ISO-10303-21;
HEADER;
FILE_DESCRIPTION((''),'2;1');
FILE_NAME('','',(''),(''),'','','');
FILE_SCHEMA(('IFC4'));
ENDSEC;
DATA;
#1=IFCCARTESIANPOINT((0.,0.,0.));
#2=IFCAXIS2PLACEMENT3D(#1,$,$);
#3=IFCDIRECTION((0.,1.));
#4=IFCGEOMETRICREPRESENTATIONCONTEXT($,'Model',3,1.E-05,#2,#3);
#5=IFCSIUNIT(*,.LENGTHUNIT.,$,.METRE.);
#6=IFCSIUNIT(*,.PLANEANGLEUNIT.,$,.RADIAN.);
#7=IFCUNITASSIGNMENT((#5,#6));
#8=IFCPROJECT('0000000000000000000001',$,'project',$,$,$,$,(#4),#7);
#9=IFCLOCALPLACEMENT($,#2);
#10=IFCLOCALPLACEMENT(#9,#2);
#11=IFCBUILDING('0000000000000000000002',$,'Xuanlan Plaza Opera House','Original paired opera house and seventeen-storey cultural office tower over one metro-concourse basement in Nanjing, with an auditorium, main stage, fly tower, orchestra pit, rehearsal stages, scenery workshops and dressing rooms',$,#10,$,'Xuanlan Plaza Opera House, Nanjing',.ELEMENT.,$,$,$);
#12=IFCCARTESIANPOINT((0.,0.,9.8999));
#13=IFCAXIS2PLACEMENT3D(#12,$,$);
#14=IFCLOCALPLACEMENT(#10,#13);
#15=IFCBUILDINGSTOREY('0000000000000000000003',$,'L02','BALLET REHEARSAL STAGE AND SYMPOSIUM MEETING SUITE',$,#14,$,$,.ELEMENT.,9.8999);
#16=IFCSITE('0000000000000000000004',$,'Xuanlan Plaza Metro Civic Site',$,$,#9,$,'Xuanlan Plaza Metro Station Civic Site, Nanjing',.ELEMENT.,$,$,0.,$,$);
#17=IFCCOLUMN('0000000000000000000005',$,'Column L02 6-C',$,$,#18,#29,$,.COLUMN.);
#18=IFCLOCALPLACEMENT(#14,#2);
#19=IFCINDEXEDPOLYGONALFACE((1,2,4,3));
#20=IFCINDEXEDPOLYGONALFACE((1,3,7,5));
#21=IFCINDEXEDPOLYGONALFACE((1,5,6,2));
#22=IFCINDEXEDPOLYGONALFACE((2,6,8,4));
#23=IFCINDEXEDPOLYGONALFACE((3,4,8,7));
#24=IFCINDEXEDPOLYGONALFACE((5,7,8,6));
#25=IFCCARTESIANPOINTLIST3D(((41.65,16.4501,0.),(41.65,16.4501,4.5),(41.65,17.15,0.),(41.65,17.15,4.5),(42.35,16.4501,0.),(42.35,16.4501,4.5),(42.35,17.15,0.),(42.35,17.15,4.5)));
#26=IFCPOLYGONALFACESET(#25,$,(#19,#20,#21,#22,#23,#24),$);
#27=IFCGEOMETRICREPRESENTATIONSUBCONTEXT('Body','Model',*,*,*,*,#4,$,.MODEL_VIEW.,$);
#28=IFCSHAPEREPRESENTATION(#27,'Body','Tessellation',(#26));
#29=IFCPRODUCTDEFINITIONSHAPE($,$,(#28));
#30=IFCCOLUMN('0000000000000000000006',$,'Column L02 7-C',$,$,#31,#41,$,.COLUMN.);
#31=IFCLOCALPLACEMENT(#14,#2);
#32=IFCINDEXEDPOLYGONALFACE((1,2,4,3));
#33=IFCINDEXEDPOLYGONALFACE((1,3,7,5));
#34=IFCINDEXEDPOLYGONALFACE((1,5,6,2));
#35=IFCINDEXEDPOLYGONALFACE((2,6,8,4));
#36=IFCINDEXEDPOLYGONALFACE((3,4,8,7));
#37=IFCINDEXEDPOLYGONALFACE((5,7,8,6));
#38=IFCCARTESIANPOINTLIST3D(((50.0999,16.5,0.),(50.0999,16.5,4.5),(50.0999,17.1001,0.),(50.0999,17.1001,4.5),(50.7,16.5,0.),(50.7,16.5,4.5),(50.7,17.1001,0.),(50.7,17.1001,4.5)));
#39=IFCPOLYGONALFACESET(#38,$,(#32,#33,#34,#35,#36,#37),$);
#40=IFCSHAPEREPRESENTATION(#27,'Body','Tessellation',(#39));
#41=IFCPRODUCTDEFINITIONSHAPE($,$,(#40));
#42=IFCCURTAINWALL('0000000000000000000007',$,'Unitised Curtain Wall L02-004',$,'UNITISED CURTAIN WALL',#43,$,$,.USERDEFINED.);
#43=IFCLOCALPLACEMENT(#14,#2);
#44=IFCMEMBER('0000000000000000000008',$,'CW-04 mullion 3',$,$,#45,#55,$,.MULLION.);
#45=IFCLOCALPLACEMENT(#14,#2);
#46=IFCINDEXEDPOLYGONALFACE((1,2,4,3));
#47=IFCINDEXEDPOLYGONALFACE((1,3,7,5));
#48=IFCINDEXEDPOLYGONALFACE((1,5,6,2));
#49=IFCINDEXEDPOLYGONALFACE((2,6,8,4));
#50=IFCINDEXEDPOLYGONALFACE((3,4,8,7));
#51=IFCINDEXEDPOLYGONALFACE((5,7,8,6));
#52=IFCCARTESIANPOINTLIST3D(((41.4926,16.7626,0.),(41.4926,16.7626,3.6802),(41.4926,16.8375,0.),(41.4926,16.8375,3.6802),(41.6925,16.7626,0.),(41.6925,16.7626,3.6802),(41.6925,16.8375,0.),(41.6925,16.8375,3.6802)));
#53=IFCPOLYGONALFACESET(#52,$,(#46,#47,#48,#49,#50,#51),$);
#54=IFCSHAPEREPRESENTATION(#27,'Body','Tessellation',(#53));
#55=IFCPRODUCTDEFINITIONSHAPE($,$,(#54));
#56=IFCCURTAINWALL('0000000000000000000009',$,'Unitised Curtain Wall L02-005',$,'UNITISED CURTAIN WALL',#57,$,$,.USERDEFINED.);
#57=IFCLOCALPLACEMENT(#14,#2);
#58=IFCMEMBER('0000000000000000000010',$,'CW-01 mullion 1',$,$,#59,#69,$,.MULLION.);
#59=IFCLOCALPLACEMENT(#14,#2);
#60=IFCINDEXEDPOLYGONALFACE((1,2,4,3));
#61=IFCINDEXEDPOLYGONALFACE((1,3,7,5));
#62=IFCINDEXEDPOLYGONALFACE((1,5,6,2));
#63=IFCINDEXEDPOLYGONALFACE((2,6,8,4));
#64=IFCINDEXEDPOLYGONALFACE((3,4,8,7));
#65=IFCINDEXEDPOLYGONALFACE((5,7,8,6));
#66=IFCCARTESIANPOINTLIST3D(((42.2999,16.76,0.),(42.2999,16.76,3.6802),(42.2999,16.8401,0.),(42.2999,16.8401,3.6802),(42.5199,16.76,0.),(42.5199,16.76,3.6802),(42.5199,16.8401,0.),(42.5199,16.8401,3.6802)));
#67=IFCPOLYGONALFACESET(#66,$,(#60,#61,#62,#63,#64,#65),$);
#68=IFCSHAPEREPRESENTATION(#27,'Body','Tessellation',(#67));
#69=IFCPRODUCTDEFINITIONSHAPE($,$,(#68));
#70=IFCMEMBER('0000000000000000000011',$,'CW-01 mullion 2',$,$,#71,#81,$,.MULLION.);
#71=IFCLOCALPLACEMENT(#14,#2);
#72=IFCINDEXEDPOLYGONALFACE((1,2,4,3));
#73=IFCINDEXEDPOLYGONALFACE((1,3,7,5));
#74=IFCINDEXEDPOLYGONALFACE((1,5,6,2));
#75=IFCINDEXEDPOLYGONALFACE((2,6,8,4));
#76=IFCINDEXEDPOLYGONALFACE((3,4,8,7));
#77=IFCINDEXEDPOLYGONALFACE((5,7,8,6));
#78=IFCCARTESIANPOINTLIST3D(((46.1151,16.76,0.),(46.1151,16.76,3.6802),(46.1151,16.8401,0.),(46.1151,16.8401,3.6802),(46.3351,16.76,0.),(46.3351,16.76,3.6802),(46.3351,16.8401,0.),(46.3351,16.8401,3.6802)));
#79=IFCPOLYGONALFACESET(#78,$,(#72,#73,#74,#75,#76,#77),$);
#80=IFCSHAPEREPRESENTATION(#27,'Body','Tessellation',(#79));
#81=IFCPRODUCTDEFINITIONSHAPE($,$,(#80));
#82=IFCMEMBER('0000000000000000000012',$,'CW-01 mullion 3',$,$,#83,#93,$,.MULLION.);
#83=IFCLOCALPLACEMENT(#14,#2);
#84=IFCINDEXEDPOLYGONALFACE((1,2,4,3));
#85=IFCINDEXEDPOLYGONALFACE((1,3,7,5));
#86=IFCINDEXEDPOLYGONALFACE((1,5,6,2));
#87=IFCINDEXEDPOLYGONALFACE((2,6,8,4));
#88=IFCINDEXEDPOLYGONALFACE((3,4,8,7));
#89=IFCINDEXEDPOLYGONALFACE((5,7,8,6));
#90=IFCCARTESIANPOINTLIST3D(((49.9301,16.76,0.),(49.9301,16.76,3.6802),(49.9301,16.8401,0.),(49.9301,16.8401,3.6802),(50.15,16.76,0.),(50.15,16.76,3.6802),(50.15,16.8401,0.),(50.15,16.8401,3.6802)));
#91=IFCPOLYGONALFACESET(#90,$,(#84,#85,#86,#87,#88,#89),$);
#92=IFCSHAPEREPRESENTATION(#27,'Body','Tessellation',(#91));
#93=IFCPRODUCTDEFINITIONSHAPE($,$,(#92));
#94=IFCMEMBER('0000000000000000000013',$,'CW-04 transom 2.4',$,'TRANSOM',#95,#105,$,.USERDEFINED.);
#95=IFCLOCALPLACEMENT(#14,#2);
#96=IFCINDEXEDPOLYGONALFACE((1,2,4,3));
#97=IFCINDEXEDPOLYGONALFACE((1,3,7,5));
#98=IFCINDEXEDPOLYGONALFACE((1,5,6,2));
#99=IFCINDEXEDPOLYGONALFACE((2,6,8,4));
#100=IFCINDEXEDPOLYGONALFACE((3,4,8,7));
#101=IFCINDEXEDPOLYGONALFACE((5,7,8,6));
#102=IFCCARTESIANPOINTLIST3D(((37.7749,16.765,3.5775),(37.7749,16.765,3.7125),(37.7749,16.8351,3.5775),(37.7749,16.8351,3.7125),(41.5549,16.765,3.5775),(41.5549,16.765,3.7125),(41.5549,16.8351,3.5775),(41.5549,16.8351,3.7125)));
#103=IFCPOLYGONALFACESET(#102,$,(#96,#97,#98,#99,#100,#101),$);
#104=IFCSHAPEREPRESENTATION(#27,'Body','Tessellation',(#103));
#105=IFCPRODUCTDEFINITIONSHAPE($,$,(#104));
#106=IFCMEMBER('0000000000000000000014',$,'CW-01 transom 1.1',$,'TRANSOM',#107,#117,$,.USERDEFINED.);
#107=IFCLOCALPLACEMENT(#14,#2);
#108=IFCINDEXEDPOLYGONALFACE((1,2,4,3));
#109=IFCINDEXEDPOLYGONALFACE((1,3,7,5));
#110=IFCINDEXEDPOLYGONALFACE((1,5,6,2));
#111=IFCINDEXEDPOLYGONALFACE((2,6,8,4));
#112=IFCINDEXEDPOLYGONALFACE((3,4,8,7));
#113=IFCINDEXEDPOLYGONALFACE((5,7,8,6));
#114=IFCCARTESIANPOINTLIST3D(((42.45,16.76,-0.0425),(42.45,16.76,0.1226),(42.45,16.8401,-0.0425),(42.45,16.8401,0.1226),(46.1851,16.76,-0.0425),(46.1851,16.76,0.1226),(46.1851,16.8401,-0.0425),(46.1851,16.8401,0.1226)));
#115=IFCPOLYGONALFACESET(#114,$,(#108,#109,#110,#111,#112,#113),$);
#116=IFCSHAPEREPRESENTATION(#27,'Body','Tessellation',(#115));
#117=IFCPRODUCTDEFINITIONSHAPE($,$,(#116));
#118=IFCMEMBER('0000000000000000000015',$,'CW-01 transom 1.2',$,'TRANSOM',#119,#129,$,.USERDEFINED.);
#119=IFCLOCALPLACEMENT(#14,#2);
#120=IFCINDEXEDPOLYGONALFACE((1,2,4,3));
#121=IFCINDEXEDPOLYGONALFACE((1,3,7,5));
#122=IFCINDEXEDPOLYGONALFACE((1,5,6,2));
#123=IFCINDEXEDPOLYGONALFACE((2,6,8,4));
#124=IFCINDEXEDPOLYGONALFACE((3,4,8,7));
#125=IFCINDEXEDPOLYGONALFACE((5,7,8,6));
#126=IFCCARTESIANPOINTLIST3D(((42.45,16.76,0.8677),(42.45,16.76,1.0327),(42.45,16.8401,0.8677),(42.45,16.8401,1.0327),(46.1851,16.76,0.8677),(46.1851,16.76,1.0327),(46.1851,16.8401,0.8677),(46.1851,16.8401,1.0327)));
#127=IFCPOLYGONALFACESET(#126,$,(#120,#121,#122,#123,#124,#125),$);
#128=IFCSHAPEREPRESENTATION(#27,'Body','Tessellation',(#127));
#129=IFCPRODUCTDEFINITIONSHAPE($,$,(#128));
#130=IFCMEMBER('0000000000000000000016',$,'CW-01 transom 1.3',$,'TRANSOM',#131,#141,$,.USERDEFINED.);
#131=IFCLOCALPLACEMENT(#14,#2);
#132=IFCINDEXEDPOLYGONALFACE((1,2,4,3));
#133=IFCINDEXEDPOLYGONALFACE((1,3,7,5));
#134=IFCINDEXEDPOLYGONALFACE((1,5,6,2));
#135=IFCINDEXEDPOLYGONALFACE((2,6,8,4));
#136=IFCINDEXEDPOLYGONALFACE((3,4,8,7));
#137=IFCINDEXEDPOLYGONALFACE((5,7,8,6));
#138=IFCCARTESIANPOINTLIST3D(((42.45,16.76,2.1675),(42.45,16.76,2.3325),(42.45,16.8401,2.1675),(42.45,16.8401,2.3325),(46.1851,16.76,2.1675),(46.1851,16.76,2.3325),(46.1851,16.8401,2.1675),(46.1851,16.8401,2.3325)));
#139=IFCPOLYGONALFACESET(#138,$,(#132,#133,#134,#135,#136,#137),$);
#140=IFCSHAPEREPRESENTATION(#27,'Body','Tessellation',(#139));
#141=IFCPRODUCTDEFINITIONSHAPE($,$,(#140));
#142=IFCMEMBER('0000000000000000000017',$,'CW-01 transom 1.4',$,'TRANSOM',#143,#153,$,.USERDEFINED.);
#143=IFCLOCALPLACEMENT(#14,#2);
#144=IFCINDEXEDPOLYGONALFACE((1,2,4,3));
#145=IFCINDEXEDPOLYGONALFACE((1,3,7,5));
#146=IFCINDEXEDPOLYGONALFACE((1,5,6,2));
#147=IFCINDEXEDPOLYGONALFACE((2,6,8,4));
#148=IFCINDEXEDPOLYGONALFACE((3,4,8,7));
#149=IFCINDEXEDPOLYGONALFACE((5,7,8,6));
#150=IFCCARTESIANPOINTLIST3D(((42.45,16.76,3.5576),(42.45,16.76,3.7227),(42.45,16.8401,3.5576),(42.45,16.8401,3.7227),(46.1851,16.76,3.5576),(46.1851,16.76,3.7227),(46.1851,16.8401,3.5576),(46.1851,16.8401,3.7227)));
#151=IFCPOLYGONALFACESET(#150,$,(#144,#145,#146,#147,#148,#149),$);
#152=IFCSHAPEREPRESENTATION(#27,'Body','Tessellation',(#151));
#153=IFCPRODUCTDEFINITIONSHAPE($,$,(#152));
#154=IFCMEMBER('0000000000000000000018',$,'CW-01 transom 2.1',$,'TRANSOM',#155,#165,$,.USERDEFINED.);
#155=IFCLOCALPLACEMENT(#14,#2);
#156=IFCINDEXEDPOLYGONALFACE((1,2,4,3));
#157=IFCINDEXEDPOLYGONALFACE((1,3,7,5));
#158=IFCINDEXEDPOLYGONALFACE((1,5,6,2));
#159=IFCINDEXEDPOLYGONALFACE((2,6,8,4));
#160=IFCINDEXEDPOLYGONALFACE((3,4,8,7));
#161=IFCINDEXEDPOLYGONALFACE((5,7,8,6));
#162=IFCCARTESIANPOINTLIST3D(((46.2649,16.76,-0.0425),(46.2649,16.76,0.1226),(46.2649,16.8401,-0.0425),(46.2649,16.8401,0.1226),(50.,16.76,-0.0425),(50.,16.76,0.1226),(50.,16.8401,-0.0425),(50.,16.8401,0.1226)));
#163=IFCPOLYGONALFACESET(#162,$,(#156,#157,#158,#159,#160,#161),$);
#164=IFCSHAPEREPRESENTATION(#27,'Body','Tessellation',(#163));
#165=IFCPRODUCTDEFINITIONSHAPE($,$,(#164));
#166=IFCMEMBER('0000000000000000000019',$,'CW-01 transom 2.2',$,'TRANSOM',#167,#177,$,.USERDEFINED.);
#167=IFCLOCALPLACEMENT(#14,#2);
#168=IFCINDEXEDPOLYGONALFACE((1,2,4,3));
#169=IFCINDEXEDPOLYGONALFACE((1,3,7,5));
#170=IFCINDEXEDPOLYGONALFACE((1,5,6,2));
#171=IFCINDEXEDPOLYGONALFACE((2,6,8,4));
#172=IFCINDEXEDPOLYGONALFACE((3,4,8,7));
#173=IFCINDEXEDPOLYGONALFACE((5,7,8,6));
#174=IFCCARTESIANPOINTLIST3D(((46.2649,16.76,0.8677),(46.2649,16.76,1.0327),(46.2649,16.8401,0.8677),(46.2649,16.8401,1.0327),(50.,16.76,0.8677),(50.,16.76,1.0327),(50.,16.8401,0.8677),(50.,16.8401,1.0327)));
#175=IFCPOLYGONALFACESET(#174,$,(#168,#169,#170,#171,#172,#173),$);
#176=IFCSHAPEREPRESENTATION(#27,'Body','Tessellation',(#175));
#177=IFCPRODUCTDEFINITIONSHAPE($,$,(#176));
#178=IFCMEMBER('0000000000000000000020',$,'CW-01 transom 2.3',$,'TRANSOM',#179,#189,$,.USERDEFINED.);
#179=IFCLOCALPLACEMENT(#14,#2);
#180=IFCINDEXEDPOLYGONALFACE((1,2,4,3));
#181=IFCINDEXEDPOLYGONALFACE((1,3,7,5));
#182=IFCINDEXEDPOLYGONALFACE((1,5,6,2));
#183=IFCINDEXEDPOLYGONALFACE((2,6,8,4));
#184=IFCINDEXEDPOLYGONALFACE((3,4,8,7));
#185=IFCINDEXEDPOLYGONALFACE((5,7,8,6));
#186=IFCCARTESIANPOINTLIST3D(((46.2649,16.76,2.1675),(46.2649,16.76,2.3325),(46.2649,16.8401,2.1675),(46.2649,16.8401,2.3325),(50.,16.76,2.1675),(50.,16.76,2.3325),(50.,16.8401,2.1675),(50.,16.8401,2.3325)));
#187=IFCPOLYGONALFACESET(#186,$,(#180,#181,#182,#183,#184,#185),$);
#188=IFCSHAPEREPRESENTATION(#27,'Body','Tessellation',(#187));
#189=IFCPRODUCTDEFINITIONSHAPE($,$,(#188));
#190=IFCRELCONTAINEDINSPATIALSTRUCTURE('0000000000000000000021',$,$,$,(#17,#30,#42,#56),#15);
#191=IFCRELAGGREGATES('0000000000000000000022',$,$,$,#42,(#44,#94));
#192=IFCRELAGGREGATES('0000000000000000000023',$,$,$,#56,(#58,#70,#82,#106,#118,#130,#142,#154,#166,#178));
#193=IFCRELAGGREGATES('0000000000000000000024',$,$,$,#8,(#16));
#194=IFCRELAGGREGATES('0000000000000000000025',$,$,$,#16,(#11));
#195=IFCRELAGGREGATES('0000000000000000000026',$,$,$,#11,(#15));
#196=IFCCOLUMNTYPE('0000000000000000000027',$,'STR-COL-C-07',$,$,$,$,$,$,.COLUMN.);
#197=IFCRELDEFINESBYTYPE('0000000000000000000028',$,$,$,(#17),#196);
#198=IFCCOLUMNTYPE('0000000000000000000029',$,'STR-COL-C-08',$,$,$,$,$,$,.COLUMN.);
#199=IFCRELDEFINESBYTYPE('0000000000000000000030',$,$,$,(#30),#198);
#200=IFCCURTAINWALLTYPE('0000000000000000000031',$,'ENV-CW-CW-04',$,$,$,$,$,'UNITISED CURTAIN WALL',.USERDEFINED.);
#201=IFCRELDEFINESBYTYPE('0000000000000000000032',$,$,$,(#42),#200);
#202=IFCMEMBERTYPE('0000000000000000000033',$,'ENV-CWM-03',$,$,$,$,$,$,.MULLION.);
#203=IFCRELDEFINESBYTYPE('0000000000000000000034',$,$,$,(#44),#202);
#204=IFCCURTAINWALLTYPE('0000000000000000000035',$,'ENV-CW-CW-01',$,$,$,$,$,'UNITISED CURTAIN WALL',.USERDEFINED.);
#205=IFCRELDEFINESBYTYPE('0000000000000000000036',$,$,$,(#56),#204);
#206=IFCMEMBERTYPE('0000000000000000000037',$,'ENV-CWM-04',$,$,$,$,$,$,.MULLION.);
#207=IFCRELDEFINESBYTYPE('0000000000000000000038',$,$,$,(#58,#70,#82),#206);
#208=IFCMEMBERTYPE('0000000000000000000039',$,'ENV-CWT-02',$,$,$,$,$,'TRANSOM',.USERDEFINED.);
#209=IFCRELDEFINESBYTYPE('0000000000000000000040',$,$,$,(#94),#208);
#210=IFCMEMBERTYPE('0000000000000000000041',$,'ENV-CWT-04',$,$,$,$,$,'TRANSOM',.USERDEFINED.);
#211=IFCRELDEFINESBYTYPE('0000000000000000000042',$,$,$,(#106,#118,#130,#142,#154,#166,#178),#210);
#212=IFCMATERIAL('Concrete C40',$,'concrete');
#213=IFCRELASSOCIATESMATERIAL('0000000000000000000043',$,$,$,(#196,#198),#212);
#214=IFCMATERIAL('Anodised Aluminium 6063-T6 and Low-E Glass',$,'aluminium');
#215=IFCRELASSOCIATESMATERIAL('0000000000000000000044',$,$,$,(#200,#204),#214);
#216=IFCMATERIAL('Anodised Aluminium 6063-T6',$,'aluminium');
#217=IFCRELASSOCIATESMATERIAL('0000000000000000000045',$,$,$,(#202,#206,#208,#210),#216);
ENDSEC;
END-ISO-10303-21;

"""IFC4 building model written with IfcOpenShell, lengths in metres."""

from ifc_helpers import new_model, si_unit, direction, frame, origin, origin_2d, place, context, subcontext, project, spatial, rectangle, extrude, material, material_profile, profile_set, type_object, element, aggregate, save


model = new_model("IFC4")

# Units and contexts
model_context = context("Model", 3, precision=1e-05, world=origin(), true_north=direction((0.0, 1.0)))
body_context = subcontext(model_context, "Body", "Model", "MODEL_VIEW")
ifc_project = project(units=[si_unit("LENGTHUNIT", "METRE"), si_unit("PLANEANGLEUNIT", "RADIAN")], contexts=[model_context])

# Site, building, storey
site_placement = place(None, origin())
site = spatial("IfcSite", under=ifc_project, at=site_placement, Name="Xuanlan Plaza Metro Civic Site", LongName="Xuanlan Plaza Metro Station Civic Site, Nanjing", CompositionType="ELEMENT", RefElevation=0.0)
building_placement = place(site_placement, origin())
building = spatial("IfcBuilding", under=site, at=building_placement, Name="Xuanlan Plaza Opera House", Description="Original paired opera house and seventeen-storey cultural office tower over one metro-concourse basement in Nanjing, with an auditorium, main stage, fly tower, orchestra pit, rehearsal stages, scenery workshops and dressing rooms", LongName="Xuanlan Plaza Opera House, Nanjing", CompositionType="ELEMENT")
storey_placement = place(building_placement, frame((0.0, 0.0, 9.8999)))
storey = spatial("IfcBuildingStorey", under=building, at=storey_placement, Name="L02", Description="BALLET REHEARSAL STAGE AND SYMPOSIUM MEETING SUITE", CompositionType="ELEMENT", Elevation=9.8999)

# Columns
ifc_material_1 = material(Name="Concrete C40", Category="concrete")
ifc_material_profile_1 = material_profile(ifc_material_1, rectangle(XDim=0.7, YDim=0.7, at=origin_2d()), Name="RC-COL 700x700")
ifc_profile_set_1 = profile_set([ifc_material_profile_1], Name="Concrete C40")
column_type_1 = type_object("IfcColumnType", Name="STR-COL-C-07", PredefinedType="COLUMN", material=ifc_profile_set_1)
column_1_placement = place(storey_placement, frame((42.0, 16.8, 0.0), z_axis=(0.0, 0.0, 1.0), x_axis=(1.0, 0.0, 0.0)))
element("IfcColumn", 1, at=column_1_placement, inside=storey, type_object=column_type_1, Name="Column L02 6-C", PredefinedType="COLUMN", context=body_context, shape_type="SweptSolid", body=[
    extrude(rectangle(XDim=0.7, YDim=0.7, at=origin_2d()), origin(), (0.0, 0.0, 1.0), 4.5),
])
ifc_material_profile_2 = material_profile(ifc_material_1, rectangle(XDim=0.6001, YDim=0.6001, at=origin_2d()), Name="RC-COL 600x600")
ifc_profile_set_2 = profile_set([ifc_material_profile_2], Name="Concrete C40")
column_type_2 = type_object("IfcColumnType", Name="STR-COL-C-08", PredefinedType="COLUMN", material=ifc_profile_set_2)
column_2_placement = place(storey_placement, frame((50.3999, 16.8, 0.0), z_axis=(0.0, 0.0, 1.0), x_axis=(1.0, 0.0, 0.0)))
element("IfcColumn", 2, at=column_2_placement, inside=storey, type_object=column_type_2, Name="Column L02 7-C", PredefinedType="COLUMN", context=body_context, shape_type="SweptSolid", body=[
    extrude(rectangle(XDim=0.6001, YDim=0.6001, at=origin_2d()), origin(), (0.0, 0.0, 1.0), 4.5),
])

# Curtain wall, member
ifc_material_2 = material(Name="Anodised Aluminium 6063-T6 and Low-E Glass", Category="aluminium")
curtain_wall_type_1 = type_object("IfcCurtainWallType", Name="ENV-CW-CW-04", ElementType="UNITISED CURTAIN WALL", PredefinedType="USERDEFINED", material=ifc_material_2)
curtain_wall_1_placement = place(storey_placement, origin())
curtain_wall_1 = element("IfcCurtainWall", 3, at=curtain_wall_1_placement, inside=storey, type_object=curtain_wall_type_1, Name="Unitised Curtain Wall L02-004", ObjectType="UNITISED CURTAIN WALL", PredefinedType="USERDEFINED")
ifc_material_3 = material(Name="Anodised Aluminium 6063-T6", Category="aluminium")
ifc_material_profile_3 = material_profile(ifc_material_3, rectangle(XDim=0.075, YDim=0.2, at=origin_2d()), Name="ALU-M 75x200")
ifc_profile_set_3 = profile_set([ifc_material_profile_3], Name="Anodised Aluminium 6063-T6")
member_type_1 = type_object("IfcMemberType", Name="ENV-CWM-03", PredefinedType="MULLION", material=ifc_profile_set_3)
member_1_placement = place(storey_placement, frame((41.5925, 16.8, 0.0), z_axis=(0.0, 0.0, 1.0), x_axis=(0.0, 1.0, 0.0)))
member_1 = element("IfcMember", 4, at=member_1_placement, type_object=member_type_1, Name="CW-04 mullion 3", PredefinedType="MULLION", context=body_context, shape_type="SweptSolid", body=[
    extrude(rectangle(XDim=0.075, YDim=0.2, at=origin_2d()), origin(), (0.0, 0.0, 1.0), 3.6802),
])

# Curtain wall, members
curtain_wall_type_2 = type_object("IfcCurtainWallType", Name="ENV-CW-CW-01", ElementType="UNITISED CURTAIN WALL", PredefinedType="USERDEFINED", material=ifc_material_2)
curtain_wall_2_placement = place(storey_placement, origin())
curtain_wall_2 = element("IfcCurtainWall", 5, at=curtain_wall_2_placement, inside=storey, type_object=curtain_wall_type_2, Name="Unitised Curtain Wall L02-005", ObjectType="UNITISED CURTAIN WALL", PredefinedType="USERDEFINED")
ifc_material_profile_4 = material_profile(ifc_material_3, rectangle(XDim=0.0801, YDim=0.22, at=origin_2d()), Name="ALU-M 80x220")
ifc_profile_set_4 = profile_set([ifc_material_profile_4], Name="Anodised Aluminium 6063-T6")
member_type_2 = type_object("IfcMemberType", Name="ENV-CWM-04", PredefinedType="MULLION", material=ifc_profile_set_4)
member_2_placement = place(storey_placement, frame((42.4099, 16.8, 0.0), z_axis=(0.0, 0.0, 1.0), x_axis=(0.0, 1.0, 0.0)))
member_2 = element("IfcMember", 6, at=member_2_placement, type_object=member_type_2, Name="CW-01 mullion 1", PredefinedType="MULLION", context=body_context, shape_type="SweptSolid", body=[
    extrude(rectangle(XDim=0.0801, YDim=0.22, at=origin_2d()), origin(), (0.0, 0.0, 1.0), 3.6802),
])
member_3_placement = place(storey_placement, frame((46.2251, 16.8, 0.0), z_axis=(0.0, 0.0, 1.0), x_axis=(0.0, 1.0, 0.0)))
member_3 = element("IfcMember", 7, at=member_3_placement, type_object=member_type_2, Name="CW-01 mullion 2", PredefinedType="MULLION", context=body_context, shape_type="SweptSolid", body=[
    extrude(rectangle(XDim=0.0801, YDim=0.22, at=origin_2d()), origin(), (0.0, 0.0, 1.0), 3.6802),
])
member_4_placement = place(storey_placement, frame((50.04, 16.8, 0.0), z_axis=(0.0, 0.0, 1.0), x_axis=(0.0, 1.0, 0.0)))
member_4 = element("IfcMember", 8, at=member_4_placement, type_object=member_type_2, Name="CW-01 mullion 3", PredefinedType="MULLION", context=body_context, shape_type="SweptSolid", body=[
    extrude(rectangle(XDim=0.0801, YDim=0.22, at=origin_2d()), origin(), (0.0, 0.0, 1.0), 3.6802),
])

# Members
ifc_material_profile_5 = material_profile(ifc_material_3, rectangle(XDim=0.0701, YDim=0.135, at=origin_2d()), Name="ALU-T 70x135")
ifc_profile_set_5 = profile_set([ifc_material_profile_5], Name="Anodised Aluminium 6063-T6")
member_type_3 = type_object("IfcMemberType", Name="ENV-CWT-02", ElementType="TRANSOM", PredefinedType="USERDEFINED", material=ifc_profile_set_5)
member_5_placement = place(storey_placement, frame((37.7749, 16.8, 3.645), z_axis=(1.0, 0.0, 0.0), x_axis=(0.0, 1.0, 0.0)))
member_5 = element("IfcMember", 9, at=member_5_placement, type_object=member_type_3, Name="CW-04 transom 2.4", ObjectType="TRANSOM", PredefinedType="USERDEFINED", context=body_context, shape_type="SweptSolid", body=[
    extrude(rectangle(XDim=0.0701, YDim=0.135, at=origin_2d()), origin(), (0.0, 0.0, 1.0), 3.78),
])
ifc_material_profile_6 = material_profile(ifc_material_3, rectangle(XDim=0.0801, YDim=0.165, at=origin_2d()), Name="ALU-T 80x165")
ifc_profile_set_6 = profile_set([ifc_material_profile_6], Name="Anodised Aluminium 6063-T6")
member_type_4 = type_object("IfcMemberType", Name="ENV-CWT-04", ElementType="TRANSOM", PredefinedType="USERDEFINED", material=ifc_profile_set_6)
member_6_placement = place(storey_placement, frame((42.45, 16.8, 0.04), z_axis=(1.0, 0.0, 0.0), x_axis=(0.0, 1.0, 0.0)))
member_6 = element("IfcMember", 10, at=member_6_placement, type_object=member_type_4, Name="CW-01 transom 1.1", ObjectType="TRANSOM", PredefinedType="USERDEFINED", context=body_context, shape_type="SweptSolid", body=[
    extrude(rectangle(XDim=0.0801, YDim=0.165, at=origin_2d()), origin(), (0.0, 0.0, 1.0), 3.7351),
])
member_7_placement = place(storey_placement, frame((42.45, 16.8, 0.9502), z_axis=(1.0, 0.0, 0.0), x_axis=(0.0, 1.0, 0.0)))
member_7 = element("IfcMember", 11, at=member_7_placement, type_object=member_type_4, Name="CW-01 transom 1.2", ObjectType="TRANSOM", PredefinedType="USERDEFINED", context=body_context, shape_type="SweptSolid", body=[
    extrude(rectangle(XDim=0.0801, YDim=0.165, at=origin_2d()), origin(), (0.0, 0.0, 1.0), 3.7351),
])
member_8_placement = place(storey_placement, frame((42.45, 16.8, 2.25), z_axis=(1.0, 0.0, 0.0), x_axis=(0.0, 1.0, 0.0)))
member_8 = element("IfcMember", 12, at=member_8_placement, type_object=member_type_4, Name="CW-01 transom 1.3", ObjectType="TRANSOM", PredefinedType="USERDEFINED", context=body_context, shape_type="SweptSolid", body=[
    extrude(rectangle(XDim=0.0801, YDim=0.165, at=origin_2d()), origin(), (0.0, 0.0, 1.0), 3.7351),
])
member_9_placement = place(storey_placement, frame((42.45, 16.8, 3.6401), z_axis=(1.0, 0.0, 0.0), x_axis=(0.0, 1.0, 0.0)))
member_9 = element("IfcMember", 13, at=member_9_placement, type_object=member_type_4, Name="CW-01 transom 1.4", ObjectType="TRANSOM", PredefinedType="USERDEFINED", context=body_context, shape_type="SweptSolid", body=[
    extrude(rectangle(XDim=0.0801, YDim=0.165, at=origin_2d()), origin(), (0.0, 0.0, 1.0), 3.7351),
])
member_10_placement = place(storey_placement, frame((46.2649, 16.8, 0.04), z_axis=(1.0, 0.0, 0.0), x_axis=(0.0, 1.0, 0.0)))
member_10 = element("IfcMember", 14, at=member_10_placement, type_object=member_type_4, Name="CW-01 transom 2.1", ObjectType="TRANSOM", PredefinedType="USERDEFINED", context=body_context, shape_type="SweptSolid", body=[
    extrude(rectangle(XDim=0.0801, YDim=0.165, at=origin_2d()), origin(), (0.0, 0.0, 1.0), 3.7351),
])
member_11_placement = place(storey_placement, frame((46.2649, 16.8, 0.9502), z_axis=(1.0, 0.0, 0.0), x_axis=(0.0, 1.0, 0.0)))
member_11 = element("IfcMember", 15, at=member_11_placement, type_object=member_type_4, Name="CW-01 transom 2.2", ObjectType="TRANSOM", PredefinedType="USERDEFINED", context=body_context, shape_type="SweptSolid", body=[
    extrude(rectangle(XDim=0.0801, YDim=0.165, at=origin_2d()), origin(), (0.0, 0.0, 1.0), 3.7351),
])
member_12_placement = place(storey_placement, frame((46.2649, 16.8, 2.25), z_axis=(1.0, 0.0, 0.0), x_axis=(0.0, 1.0, 0.0)))
member_12 = element("IfcMember", 16, at=member_12_placement, type_object=member_type_4, Name="CW-01 transom 2.3", ObjectType="TRANSOM", PredefinedType="USERDEFINED", context=body_context, shape_type="SweptSolid", body=[
    extrude(rectangle(XDim=0.0801, YDim=0.165, at=origin_2d()), origin(), (0.0, 0.0, 1.0), 3.7351),
])

aggregate(curtain_wall_1, [member_1, member_5])
aggregate(curtain_wall_2, [member_2, member_3, member_4, member_6, member_7, member_8, member_9, member_10, member_11, member_12])

save(model, "model.ifc")
